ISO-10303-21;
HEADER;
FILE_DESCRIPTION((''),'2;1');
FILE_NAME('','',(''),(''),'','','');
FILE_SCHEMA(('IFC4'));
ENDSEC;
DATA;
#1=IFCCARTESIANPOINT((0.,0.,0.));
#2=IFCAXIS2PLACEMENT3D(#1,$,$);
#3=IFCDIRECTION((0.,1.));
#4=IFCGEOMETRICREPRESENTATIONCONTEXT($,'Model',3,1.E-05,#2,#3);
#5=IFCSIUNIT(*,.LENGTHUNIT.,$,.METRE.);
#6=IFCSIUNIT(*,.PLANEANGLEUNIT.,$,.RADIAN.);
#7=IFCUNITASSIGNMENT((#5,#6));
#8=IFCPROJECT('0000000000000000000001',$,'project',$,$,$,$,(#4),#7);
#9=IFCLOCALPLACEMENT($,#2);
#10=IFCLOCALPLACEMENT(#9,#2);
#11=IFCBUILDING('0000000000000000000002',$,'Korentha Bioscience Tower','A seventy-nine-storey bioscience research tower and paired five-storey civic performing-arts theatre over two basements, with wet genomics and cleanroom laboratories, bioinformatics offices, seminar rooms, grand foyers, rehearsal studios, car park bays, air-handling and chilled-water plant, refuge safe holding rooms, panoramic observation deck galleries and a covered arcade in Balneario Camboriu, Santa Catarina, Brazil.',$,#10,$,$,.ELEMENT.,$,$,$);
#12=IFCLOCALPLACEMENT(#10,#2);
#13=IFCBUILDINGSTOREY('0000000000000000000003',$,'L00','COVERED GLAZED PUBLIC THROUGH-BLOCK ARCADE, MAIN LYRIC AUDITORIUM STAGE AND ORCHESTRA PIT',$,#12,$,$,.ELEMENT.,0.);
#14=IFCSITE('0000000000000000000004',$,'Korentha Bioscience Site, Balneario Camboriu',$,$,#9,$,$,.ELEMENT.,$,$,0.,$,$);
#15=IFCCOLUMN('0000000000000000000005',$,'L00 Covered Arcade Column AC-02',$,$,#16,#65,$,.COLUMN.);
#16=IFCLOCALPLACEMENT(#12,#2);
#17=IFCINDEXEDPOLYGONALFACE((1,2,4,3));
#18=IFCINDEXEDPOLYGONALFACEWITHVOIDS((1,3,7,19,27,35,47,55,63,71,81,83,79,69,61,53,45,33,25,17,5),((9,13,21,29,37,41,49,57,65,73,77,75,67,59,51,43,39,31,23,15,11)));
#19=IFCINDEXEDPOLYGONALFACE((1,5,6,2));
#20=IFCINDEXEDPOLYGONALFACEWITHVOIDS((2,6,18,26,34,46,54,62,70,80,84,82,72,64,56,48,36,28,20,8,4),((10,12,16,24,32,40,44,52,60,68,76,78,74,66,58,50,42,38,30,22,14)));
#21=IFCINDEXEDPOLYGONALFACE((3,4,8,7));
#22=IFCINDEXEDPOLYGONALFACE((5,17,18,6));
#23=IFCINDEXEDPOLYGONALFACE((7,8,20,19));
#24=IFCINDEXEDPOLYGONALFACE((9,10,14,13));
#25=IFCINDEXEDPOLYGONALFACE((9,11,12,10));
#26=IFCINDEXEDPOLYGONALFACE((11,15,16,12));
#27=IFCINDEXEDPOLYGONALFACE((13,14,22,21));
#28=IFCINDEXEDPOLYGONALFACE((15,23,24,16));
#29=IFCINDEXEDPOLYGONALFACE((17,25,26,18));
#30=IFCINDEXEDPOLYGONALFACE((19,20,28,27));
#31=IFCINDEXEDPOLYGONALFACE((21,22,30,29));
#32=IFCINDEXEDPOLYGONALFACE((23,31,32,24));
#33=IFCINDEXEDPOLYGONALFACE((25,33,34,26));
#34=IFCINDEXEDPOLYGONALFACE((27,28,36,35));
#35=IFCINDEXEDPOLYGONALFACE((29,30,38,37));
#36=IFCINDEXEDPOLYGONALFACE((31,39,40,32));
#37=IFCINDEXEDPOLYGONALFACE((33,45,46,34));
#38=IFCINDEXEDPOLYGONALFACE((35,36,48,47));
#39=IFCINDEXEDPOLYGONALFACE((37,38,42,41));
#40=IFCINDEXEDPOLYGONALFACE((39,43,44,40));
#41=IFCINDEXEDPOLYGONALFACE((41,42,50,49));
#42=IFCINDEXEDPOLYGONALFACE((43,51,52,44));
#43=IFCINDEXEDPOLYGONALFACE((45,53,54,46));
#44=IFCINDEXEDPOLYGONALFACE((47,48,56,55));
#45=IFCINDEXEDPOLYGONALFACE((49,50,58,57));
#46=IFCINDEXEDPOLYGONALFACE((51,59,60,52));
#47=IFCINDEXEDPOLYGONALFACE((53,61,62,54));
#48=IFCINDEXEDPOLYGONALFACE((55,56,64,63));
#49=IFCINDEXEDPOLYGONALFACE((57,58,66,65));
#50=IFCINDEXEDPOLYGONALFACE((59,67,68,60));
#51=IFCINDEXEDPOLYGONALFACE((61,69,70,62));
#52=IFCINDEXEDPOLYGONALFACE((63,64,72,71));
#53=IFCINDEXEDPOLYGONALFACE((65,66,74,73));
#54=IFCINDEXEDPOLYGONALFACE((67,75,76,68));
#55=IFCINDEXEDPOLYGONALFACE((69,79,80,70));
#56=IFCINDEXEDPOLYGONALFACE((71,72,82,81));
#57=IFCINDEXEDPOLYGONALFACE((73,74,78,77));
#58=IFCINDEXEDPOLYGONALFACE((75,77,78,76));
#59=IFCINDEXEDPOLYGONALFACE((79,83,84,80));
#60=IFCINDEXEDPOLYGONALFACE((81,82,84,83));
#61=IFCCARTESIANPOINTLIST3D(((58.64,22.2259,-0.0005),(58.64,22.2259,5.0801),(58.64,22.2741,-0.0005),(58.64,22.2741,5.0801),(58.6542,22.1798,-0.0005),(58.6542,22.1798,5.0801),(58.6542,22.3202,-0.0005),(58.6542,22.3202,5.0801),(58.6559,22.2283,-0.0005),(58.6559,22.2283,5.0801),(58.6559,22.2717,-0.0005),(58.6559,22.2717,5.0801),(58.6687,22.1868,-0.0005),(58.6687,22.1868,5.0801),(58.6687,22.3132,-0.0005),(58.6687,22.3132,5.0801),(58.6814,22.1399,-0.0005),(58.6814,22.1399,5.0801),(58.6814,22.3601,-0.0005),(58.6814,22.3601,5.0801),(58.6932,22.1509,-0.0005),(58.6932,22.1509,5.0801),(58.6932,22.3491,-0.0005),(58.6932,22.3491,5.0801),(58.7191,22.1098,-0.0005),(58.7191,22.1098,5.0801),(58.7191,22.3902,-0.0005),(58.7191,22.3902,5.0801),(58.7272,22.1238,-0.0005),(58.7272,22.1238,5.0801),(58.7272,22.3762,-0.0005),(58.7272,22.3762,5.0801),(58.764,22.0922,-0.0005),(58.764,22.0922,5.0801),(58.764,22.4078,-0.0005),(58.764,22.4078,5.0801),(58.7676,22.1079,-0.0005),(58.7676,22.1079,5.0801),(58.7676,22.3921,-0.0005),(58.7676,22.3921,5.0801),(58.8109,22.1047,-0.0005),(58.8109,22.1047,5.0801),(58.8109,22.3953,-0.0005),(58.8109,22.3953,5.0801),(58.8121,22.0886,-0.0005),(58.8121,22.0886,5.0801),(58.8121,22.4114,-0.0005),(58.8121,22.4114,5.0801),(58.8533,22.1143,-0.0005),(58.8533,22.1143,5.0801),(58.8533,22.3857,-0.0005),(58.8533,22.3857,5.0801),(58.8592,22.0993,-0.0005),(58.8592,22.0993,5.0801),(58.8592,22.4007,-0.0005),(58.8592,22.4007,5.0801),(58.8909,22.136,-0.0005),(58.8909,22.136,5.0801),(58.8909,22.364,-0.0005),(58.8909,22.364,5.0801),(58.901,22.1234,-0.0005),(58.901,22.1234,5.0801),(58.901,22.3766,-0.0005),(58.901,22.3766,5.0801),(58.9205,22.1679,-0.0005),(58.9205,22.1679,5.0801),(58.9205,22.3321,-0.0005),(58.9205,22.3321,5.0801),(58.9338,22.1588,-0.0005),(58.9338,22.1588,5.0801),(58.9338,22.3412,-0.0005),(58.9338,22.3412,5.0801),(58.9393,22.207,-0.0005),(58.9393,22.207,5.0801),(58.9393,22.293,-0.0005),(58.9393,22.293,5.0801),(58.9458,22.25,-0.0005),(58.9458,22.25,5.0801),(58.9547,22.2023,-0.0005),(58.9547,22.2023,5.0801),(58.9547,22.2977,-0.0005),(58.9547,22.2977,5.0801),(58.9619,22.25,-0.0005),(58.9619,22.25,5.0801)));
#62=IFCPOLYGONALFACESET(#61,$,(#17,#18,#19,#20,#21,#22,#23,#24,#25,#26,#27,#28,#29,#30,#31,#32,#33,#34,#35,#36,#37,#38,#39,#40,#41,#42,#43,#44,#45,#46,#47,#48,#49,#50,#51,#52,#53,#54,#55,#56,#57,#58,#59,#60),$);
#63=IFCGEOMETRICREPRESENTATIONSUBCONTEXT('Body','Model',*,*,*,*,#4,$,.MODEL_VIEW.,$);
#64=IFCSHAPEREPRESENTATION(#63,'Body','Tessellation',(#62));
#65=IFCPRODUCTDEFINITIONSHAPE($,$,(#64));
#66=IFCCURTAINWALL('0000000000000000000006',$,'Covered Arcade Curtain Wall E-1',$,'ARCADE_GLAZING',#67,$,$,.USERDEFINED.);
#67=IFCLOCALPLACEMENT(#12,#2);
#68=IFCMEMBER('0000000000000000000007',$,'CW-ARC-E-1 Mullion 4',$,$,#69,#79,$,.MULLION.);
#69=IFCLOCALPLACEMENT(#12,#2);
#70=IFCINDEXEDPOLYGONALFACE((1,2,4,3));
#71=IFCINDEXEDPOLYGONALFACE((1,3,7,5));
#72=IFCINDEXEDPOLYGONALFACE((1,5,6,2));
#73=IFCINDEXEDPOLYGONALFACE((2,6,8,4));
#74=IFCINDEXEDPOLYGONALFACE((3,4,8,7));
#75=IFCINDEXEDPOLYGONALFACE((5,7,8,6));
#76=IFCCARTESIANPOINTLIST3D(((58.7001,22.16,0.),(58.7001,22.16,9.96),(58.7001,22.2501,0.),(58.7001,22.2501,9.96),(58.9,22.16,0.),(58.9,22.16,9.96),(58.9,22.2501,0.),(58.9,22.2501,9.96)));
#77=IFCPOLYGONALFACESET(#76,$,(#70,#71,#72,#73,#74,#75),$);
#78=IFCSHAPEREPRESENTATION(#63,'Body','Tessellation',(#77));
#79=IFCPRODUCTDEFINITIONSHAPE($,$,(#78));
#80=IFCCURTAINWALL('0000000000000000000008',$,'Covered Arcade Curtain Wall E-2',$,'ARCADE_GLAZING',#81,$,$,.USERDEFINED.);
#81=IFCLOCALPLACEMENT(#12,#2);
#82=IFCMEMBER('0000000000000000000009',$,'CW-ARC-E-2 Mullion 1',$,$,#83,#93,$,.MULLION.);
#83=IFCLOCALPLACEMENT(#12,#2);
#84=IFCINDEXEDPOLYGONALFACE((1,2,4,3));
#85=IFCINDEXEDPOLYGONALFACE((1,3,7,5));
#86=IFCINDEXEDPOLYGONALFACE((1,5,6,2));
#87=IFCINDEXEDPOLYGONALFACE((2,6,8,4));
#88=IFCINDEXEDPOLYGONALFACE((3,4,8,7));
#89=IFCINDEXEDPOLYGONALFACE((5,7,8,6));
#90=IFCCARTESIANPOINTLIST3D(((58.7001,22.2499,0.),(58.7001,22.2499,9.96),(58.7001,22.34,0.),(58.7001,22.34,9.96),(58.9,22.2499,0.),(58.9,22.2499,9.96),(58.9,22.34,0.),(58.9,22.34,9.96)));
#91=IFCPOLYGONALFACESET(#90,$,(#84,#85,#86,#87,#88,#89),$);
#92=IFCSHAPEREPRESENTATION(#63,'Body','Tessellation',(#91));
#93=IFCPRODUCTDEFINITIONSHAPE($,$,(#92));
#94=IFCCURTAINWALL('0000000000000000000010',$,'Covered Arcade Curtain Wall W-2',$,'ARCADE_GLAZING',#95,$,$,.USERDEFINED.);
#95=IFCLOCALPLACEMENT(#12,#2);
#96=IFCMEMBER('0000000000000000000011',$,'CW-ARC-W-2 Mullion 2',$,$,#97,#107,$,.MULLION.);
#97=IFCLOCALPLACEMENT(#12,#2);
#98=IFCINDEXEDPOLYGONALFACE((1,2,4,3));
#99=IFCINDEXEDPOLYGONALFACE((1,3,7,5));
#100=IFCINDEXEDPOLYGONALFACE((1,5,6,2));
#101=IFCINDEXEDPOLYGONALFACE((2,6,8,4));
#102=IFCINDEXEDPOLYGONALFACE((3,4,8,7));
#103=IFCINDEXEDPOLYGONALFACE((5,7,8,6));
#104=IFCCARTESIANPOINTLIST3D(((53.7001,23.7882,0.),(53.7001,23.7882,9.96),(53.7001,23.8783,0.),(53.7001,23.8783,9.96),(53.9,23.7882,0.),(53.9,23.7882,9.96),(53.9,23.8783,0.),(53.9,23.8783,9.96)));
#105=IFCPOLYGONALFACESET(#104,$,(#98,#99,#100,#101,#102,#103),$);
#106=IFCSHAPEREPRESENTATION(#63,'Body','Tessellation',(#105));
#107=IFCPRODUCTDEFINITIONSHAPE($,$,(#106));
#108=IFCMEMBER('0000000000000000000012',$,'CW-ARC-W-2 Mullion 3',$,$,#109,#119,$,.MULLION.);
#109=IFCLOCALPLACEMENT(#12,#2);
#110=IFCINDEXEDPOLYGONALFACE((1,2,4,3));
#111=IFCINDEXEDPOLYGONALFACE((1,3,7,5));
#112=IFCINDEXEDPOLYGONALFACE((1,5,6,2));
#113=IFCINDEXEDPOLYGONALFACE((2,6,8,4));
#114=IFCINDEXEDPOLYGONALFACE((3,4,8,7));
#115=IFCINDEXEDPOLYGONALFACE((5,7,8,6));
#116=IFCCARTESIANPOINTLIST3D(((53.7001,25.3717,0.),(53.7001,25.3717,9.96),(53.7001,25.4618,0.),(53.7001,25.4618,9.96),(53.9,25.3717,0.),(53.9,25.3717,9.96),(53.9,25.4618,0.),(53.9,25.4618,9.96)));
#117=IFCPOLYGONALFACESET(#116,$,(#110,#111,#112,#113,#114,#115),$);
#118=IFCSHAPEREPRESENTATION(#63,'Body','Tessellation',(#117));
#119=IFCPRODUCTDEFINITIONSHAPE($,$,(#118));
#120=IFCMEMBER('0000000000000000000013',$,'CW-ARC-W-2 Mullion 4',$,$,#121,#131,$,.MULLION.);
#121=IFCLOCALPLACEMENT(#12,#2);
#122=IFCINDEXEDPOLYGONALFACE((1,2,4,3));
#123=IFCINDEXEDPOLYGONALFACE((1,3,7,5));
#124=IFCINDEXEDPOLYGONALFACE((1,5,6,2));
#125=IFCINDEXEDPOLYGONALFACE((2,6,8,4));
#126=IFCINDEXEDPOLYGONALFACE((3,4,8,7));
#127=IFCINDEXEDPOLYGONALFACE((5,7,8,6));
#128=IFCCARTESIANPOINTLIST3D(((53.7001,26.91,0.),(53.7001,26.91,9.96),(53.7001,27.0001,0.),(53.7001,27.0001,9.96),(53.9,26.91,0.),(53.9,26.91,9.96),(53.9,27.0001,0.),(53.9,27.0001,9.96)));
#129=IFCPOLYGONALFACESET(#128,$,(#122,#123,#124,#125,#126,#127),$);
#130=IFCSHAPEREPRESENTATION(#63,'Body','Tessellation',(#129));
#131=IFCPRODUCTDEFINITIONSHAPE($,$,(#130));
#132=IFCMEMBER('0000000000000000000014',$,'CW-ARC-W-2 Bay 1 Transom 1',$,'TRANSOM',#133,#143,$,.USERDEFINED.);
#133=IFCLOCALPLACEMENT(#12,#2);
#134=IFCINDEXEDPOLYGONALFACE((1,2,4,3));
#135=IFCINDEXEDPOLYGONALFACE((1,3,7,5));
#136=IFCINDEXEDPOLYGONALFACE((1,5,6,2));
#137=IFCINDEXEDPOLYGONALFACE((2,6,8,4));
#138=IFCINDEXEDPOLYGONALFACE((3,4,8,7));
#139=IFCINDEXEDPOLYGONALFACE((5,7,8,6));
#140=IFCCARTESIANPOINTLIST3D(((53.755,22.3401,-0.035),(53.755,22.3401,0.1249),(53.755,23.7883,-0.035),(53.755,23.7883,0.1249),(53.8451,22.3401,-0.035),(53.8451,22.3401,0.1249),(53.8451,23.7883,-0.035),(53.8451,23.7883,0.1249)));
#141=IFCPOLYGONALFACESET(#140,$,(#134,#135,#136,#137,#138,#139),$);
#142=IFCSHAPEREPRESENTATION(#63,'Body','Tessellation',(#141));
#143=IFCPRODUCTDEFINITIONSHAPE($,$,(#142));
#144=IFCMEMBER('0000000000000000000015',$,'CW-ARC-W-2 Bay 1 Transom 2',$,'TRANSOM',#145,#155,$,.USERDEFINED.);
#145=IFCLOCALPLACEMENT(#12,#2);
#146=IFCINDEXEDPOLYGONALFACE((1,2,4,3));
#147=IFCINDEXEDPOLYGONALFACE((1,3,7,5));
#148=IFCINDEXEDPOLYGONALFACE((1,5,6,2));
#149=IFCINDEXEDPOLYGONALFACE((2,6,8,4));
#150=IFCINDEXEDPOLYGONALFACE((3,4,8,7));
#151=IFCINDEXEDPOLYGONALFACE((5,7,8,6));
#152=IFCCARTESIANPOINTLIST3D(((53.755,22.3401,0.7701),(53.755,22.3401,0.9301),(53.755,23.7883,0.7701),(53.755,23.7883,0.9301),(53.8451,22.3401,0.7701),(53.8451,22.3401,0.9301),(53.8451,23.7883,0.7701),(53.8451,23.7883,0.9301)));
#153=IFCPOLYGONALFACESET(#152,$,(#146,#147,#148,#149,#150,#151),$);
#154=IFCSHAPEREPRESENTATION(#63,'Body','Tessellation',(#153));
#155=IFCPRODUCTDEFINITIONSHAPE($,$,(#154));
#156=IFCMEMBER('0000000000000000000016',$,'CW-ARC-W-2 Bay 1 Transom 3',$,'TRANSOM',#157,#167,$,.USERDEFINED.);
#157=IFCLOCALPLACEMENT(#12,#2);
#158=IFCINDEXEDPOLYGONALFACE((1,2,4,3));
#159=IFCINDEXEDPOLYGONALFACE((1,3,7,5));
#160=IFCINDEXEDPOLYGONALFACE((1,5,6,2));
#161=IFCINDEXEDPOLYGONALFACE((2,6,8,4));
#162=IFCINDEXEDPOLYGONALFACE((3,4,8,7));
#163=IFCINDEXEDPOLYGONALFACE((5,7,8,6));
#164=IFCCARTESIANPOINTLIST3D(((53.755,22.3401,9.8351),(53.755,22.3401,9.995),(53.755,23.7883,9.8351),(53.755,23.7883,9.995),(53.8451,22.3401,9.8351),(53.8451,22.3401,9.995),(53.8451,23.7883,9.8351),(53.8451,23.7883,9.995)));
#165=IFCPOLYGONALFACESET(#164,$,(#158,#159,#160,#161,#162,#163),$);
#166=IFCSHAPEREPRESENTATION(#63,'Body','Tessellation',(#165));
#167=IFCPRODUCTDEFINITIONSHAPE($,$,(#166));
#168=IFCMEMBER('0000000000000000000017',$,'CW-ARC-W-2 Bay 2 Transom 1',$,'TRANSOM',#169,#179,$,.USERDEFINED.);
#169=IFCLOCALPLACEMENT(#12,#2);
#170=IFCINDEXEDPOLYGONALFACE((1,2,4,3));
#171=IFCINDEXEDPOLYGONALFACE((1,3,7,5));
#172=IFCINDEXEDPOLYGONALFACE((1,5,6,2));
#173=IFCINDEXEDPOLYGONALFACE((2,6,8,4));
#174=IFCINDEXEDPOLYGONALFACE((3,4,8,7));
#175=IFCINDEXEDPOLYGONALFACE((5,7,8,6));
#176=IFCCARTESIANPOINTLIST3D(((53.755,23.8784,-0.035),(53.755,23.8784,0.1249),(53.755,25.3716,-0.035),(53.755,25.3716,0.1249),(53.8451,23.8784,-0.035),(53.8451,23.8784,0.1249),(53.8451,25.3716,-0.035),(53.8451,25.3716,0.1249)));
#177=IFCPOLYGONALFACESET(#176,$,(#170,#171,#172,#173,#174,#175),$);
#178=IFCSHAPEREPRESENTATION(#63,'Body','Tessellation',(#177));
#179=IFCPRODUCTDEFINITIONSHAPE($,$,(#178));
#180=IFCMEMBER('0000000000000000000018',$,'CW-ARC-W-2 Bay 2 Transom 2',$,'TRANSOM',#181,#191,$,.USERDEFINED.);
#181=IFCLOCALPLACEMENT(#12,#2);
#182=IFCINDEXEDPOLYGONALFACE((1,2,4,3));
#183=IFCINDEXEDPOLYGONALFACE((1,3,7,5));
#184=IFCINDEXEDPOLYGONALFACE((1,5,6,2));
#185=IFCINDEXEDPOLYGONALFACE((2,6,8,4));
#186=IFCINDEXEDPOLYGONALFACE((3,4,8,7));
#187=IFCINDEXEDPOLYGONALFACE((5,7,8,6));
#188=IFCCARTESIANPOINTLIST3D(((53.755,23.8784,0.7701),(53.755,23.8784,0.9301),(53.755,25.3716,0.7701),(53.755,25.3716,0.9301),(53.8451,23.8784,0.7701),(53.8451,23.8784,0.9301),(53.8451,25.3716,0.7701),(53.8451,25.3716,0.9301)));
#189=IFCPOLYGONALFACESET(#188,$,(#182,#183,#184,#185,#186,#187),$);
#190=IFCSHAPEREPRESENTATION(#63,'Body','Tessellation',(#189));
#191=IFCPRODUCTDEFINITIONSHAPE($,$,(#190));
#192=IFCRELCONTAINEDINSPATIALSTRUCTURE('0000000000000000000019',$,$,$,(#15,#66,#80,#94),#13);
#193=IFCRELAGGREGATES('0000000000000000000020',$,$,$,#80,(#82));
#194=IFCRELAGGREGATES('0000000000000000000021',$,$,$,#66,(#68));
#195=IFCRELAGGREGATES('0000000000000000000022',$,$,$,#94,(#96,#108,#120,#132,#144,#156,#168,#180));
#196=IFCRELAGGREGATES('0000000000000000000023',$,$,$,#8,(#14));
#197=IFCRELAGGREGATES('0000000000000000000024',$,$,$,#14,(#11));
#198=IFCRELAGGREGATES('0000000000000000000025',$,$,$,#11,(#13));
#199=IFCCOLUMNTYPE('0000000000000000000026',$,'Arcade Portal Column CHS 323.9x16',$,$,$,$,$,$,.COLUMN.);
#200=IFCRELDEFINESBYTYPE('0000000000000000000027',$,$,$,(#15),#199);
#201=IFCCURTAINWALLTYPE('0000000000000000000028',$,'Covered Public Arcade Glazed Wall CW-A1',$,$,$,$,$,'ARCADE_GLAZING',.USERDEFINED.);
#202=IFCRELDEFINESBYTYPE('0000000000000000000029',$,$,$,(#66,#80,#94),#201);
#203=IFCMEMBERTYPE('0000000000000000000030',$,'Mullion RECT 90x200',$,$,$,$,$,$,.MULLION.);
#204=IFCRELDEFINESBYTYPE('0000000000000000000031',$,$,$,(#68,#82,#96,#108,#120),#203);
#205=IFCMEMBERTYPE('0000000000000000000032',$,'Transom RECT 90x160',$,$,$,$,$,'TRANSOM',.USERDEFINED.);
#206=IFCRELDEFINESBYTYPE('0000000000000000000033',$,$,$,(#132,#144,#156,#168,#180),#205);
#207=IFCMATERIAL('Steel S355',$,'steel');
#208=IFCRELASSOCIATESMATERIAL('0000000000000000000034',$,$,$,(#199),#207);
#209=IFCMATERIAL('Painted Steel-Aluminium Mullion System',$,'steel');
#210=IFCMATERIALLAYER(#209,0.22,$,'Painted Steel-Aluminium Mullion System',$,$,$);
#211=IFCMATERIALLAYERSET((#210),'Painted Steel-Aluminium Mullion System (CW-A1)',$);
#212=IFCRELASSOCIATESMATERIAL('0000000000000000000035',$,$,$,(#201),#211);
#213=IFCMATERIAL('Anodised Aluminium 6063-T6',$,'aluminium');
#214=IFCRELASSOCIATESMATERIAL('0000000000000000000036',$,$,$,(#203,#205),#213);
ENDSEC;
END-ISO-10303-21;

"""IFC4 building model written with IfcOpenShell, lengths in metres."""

from ifc_helpers import new_model, si_unit, direction, frame, origin, origin_2d, place, context, subcontext, project, spatial, rectangle, hollow_circle, extrude, material, layer, layer_set, material_profile, profile_set, type_object, element, aggregate, save


model = new_model("IFC4")

# Units and contexts
model_context = context("Model", 3, precision=1e-05, world=origin(), true_north=direction((0.0, 1.0)))
body_context = subcontext(model_context, "Body", "Model", "MODEL_VIEW")
ifc_project = project(units=[si_unit("LENGTHUNIT", "METRE"), si_unit("PLANEANGLEUNIT", "RADIAN")], contexts=[model_context])

# Site, building, storey
site_placement = place(None, origin())
site = spatial("IfcSite", under=ifc_project, at=site_placement, Name="Korentha Bioscience Site, Balneario Camboriu", CompositionType="ELEMENT", RefElevation=0.0)
building_placement = place(site_placement, origin())
building = spatial("IfcBuilding", under=site, at=building_placement, Name="Korentha Bioscience Tower", Description="A seventy-nine-storey bioscience research tower and paired five-storey civic performing-arts theatre over two basements, with wet genomics and cleanroom laboratories, bioinformatics offices, seminar rooms, grand foyers, rehearsal studios, car park bays, air-handling and chilled-water plant, refuge safe holding rooms, panoramic observation deck galleries and a covered arcade in Balneario Camboriu, Santa Catarina, Brazil.", CompositionType="ELEMENT")
storey_placement = place(building_placement, origin())
storey = spatial("IfcBuildingStorey", under=building, at=storey_placement, Name="L00", Description="COVERED GLAZED PUBLIC THROUGH-BLOCK ARCADE, MAIN LYRIC AUDITORIUM STAGE AND ORCHESTRA PIT", CompositionType="ELEMENT", Elevation=0.0)

# Column
ifc_material_1 = material(Name="Steel S355", Category="steel")
ifc_material_profile_1 = material_profile(ifc_material_1, hollow_circle(Radius=0.1619, WallThickness=0.0161, at=origin_2d()), Name="Steel S355")
ifc_profile_set_1 = profile_set([ifc_material_profile_1], Name="Steel S355 (AC-01)")
column_type = type_object("IfcColumnType", Name="Arcade Portal Column CHS 323.9x16", PredefinedType="COLUMN", material=ifc_profile_set_1)
column_placement = place(storey_placement, frame((58.8, 22.25, -0.0005), z_axis=(0.0, 0.0, 1.0), x_axis=(1.0, 0.0, 0.0)))
element("IfcColumn", 1, at=column_placement, inside=storey, type_object=column_type, Name="L00 Covered Arcade Column AC-02", PredefinedType="COLUMN", context=body_context, shape_type="SweptSolid", body=[
    extrude(hollow_circle(Radius=0.1619, WallThickness=0.0161, at=origin_2d()), origin(), (0.0, 0.0, 1.0), 5.0806),
])

# Curtain walls, members
ifc_material_2 = material(Name="Painted Steel-Aluminium Mullion System", Category="steel")
ifc_layer_1 = layer(ifc_material_2, 0.22, Name="Painted Steel-Aluminium Mullion System")
ifc_layer_set_1 = layer_set([ifc_layer_1], Name="Painted Steel-Aluminium Mullion System (CW-A1)")
curtain_wall_type = type_object("IfcCurtainWallType", Name="Covered Public Arcade Glazed Wall CW-A1", ElementType="ARCADE_GLAZING", PredefinedType="USERDEFINED", material=ifc_layer_set_1)
curtain_wall_1_placement = place(storey_placement, origin())
curtain_wall_1 = element("IfcCurtainWall", 2, at=curtain_wall_1_placement, inside=storey, type_object=curtain_wall_type, Name="Covered Arcade Curtain Wall E-1", ObjectType="ARCADE_GLAZING", PredefinedType="USERDEFINED")
ifc_material_3 = material(Name="Anodised Aluminium 6063-T6", Category="aluminium")
ifc_material_profile_2 = material_profile(ifc_material_3, rectangle(XDim=0.0901, YDim=0.2, at=origin_2d()), Name="Anodised Aluminium 6063-T6")
ifc_profile_set_2 = profile_set([ifc_material_profile_2], Name="Anodised Aluminium 6063-T6 (CW-MUL)")
member_type_1 = type_object("IfcMemberType", Name="Mullion RECT 90x200", PredefinedType="MULLION", material=ifc_profile_set_2)
member_1_placement = place(storey_placement, frame((58.8, 22.2051, 0.0), z_axis=(0.0, 0.0, 1.0), x_axis=(0.0, 1.0, 0.0)))
member_1 = element("IfcMember", 3, at=member_1_placement, type_object=member_type_1, Name="CW-ARC-E-1 Mullion 4", PredefinedType="MULLION", context=body_context, shape_type="SweptSolid", body=[
    extrude(rectangle(XDim=0.0901, YDim=0.2, at=origin_2d()), origin(), (0.0, 0.0, 1.0), 9.96),
])
curtain_wall_2_placement = place(storey_placement, origin())
curtain_wall_2 = element("IfcCurtainWall", 4, at=curtain_wall_2_placement, inside=storey, type_object=curtain_wall_type, Name="Covered Arcade Curtain Wall E-2", ObjectType="ARCADE_GLAZING", PredefinedType="USERDEFINED")
member_2_placement = place(storey_placement, frame((58.8, 22.2949, 0.0), z_axis=(0.0, 0.0, 1.0), x_axis=(0.0, 1.0, 0.0)))
member_2 = element("IfcMember", 5, at=member_2_placement, type_object=member_type_1, Name="CW-ARC-E-2 Mullion 1", PredefinedType="MULLION", context=body_context, shape_type="SweptSolid", body=[
    extrude(rectangle(XDim=0.0901, YDim=0.2, at=origin_2d()), origin(), (0.0, 0.0, 1.0), 9.96),
])
aggregate(curtain_wall_2, [member_2])

# Curtain wall, members
curtain_wall_3_placement = place(storey_placement, origin())
curtain_wall_3 = element("IfcCurtainWall", 6, at=curtain_wall_3_placement, inside=storey, type_object=curtain_wall_type, Name="Covered Arcade Curtain Wall W-2", ObjectType="ARCADE_GLAZING", PredefinedType="USERDEFINED")
member_3_placement = place(storey_placement, frame((53.8, 23.8333, 0.0), z_axis=(0.0, 0.0, 1.0), x_axis=(0.0, 1.0, 0.0)))
member_3 = element("IfcMember", 7, at=member_3_placement, type_object=member_type_1, Name="CW-ARC-W-2 Mullion 2", PredefinedType="MULLION", context=body_context, shape_type="SweptSolid", body=[
    extrude(rectangle(XDim=0.0901, YDim=0.2, at=origin_2d()), origin(), (0.0, 0.0, 1.0), 9.96),
])
member_4_placement = place(storey_placement, frame((53.8, 25.4167, 0.0), z_axis=(0.0, 0.0, 1.0), x_axis=(0.0, 1.0, 0.0)))
member_4 = element("IfcMember", 8, at=member_4_placement, type_object=member_type_1, Name="CW-ARC-W-2 Mullion 3", PredefinedType="MULLION", context=body_context, shape_type="SweptSolid", body=[
    extrude(rectangle(XDim=0.0901, YDim=0.2, at=origin_2d()), origin(), (0.0, 0.0, 1.0), 9.96),
])
member_5_placement = place(storey_placement, frame((53.8, 26.9551, 0.0), z_axis=(0.0, 0.0, 1.0), x_axis=(0.0, 1.0, 0.0)))
member_5 = element("IfcMember", 9, at=member_5_placement, type_object=member_type_1, Name="CW-ARC-W-2 Mullion 4", PredefinedType="MULLION", context=body_context, shape_type="SweptSolid", body=[
    extrude(rectangle(XDim=0.0901, YDim=0.2, at=origin_2d()), origin(), (0.0, 0.0, 1.0), 9.96),
])
ifc_material_profile_3 = material_profile(ifc_material_3, rectangle(XDim=0.0901, YDim=0.1599, at=origin_2d()), Name="Anodised Aluminium 6063-T6")
ifc_profile_set_3 = profile_set([ifc_material_profile_3], Name="Anodised Aluminium 6063-T6 (CW-TRN)")
member_type_2 = type_object("IfcMemberType", Name="Transom RECT 90x160", ElementType="TRANSOM", PredefinedType="USERDEFINED", material=ifc_profile_set_3)
member_6_placement = place(storey_placement, frame((53.8, 22.3401, 0.0449), z_axis=(0.0, 1.0, 0.0), x_axis=(-1.0, 0.0, 0.0)))
member_6 = element("IfcMember", 10, at=member_6_placement, type_object=member_type_2, Name="CW-ARC-W-2 Bay 1 Transom 1", ObjectType="TRANSOM", PredefinedType="USERDEFINED", context=body_context, shape_type="SweptSolid", body=[
    extrude(rectangle(XDim=0.0901, YDim=0.1599, at=origin_2d()), origin(), (0.0, 0.0, 1.0), 1.4482),
])
member_7_placement = place(storey_placement, frame((53.8, 22.3401, 0.8501), z_axis=(0.0, 1.0, 0.0), x_axis=(-1.0, 0.0, 0.0)))
member_7 = element("IfcMember", 11, at=member_7_placement, type_object=member_type_2, Name="CW-ARC-W-2 Bay 1 Transom 2", ObjectType="TRANSOM", PredefinedType="USERDEFINED", context=body_context, shape_type="SweptSolid", body=[
    extrude(rectangle(XDim=0.0901, YDim=0.1599, at=origin_2d()), origin(), (0.0, 0.0, 1.0), 1.4482),
])
member_8_placement = place(storey_placement, frame((53.8, 22.3401, 9.915), z_axis=(0.0, 1.0, 0.0), x_axis=(-1.0, 0.0, 0.0)))
member_8 = element("IfcMember", 12, at=member_8_placement, type_object=member_type_2, Name="CW-ARC-W-2 Bay 1 Transom 3", ObjectType="TRANSOM", PredefinedType="USERDEFINED", context=body_context, shape_type="SweptSolid", body=[
    extrude(rectangle(XDim=0.0901, YDim=0.1599, at=origin_2d()), origin(), (0.0, 0.0, 1.0), 1.4482),
])
member_9_placement = place(storey_placement, frame((53.8, 23.8784, 0.0449), z_axis=(0.0, 1.0, 0.0), x_axis=(-1.0, 0.0, 0.0)))
member_9 = element("IfcMember", 13, at=member_9_placement, type_object=member_type_2, Name="CW-ARC-W-2 Bay 2 Transom 1", ObjectType="TRANSOM", PredefinedType="USERDEFINED", context=body_context, shape_type="SweptSolid", body=[
    extrude(rectangle(XDim=0.0901, YDim=0.1599, at=origin_2d()), origin(), (0.0, 0.0, 1.0), 1.4932),
])
member_10_placement = place(storey_placement, frame((53.8, 23.8784, 0.8501), z_axis=(0.0, 1.0, 0.0), x_axis=(-1.0, 0.0, 0.0)))
member_10 = element("IfcMember", 14, at=member_10_placement, type_object=member_type_2, Name="CW-ARC-W-2 Bay 2 Transom 2", ObjectType="TRANSOM", PredefinedType="USERDEFINED", context=body_context, shape_type="SweptSolid", body=[
    extrude(rectangle(XDim=0.0901, YDim=0.1599, at=origin_2d()), origin(), (0.0, 0.0, 1.0), 1.4932),
])

aggregate(curtain_wall_1, [member_1])
aggregate(curtain_wall_3, [member_3, member_4, member_5, member_6, member_7, member_8, member_9, member_10])

save(model, "model.ifc")
